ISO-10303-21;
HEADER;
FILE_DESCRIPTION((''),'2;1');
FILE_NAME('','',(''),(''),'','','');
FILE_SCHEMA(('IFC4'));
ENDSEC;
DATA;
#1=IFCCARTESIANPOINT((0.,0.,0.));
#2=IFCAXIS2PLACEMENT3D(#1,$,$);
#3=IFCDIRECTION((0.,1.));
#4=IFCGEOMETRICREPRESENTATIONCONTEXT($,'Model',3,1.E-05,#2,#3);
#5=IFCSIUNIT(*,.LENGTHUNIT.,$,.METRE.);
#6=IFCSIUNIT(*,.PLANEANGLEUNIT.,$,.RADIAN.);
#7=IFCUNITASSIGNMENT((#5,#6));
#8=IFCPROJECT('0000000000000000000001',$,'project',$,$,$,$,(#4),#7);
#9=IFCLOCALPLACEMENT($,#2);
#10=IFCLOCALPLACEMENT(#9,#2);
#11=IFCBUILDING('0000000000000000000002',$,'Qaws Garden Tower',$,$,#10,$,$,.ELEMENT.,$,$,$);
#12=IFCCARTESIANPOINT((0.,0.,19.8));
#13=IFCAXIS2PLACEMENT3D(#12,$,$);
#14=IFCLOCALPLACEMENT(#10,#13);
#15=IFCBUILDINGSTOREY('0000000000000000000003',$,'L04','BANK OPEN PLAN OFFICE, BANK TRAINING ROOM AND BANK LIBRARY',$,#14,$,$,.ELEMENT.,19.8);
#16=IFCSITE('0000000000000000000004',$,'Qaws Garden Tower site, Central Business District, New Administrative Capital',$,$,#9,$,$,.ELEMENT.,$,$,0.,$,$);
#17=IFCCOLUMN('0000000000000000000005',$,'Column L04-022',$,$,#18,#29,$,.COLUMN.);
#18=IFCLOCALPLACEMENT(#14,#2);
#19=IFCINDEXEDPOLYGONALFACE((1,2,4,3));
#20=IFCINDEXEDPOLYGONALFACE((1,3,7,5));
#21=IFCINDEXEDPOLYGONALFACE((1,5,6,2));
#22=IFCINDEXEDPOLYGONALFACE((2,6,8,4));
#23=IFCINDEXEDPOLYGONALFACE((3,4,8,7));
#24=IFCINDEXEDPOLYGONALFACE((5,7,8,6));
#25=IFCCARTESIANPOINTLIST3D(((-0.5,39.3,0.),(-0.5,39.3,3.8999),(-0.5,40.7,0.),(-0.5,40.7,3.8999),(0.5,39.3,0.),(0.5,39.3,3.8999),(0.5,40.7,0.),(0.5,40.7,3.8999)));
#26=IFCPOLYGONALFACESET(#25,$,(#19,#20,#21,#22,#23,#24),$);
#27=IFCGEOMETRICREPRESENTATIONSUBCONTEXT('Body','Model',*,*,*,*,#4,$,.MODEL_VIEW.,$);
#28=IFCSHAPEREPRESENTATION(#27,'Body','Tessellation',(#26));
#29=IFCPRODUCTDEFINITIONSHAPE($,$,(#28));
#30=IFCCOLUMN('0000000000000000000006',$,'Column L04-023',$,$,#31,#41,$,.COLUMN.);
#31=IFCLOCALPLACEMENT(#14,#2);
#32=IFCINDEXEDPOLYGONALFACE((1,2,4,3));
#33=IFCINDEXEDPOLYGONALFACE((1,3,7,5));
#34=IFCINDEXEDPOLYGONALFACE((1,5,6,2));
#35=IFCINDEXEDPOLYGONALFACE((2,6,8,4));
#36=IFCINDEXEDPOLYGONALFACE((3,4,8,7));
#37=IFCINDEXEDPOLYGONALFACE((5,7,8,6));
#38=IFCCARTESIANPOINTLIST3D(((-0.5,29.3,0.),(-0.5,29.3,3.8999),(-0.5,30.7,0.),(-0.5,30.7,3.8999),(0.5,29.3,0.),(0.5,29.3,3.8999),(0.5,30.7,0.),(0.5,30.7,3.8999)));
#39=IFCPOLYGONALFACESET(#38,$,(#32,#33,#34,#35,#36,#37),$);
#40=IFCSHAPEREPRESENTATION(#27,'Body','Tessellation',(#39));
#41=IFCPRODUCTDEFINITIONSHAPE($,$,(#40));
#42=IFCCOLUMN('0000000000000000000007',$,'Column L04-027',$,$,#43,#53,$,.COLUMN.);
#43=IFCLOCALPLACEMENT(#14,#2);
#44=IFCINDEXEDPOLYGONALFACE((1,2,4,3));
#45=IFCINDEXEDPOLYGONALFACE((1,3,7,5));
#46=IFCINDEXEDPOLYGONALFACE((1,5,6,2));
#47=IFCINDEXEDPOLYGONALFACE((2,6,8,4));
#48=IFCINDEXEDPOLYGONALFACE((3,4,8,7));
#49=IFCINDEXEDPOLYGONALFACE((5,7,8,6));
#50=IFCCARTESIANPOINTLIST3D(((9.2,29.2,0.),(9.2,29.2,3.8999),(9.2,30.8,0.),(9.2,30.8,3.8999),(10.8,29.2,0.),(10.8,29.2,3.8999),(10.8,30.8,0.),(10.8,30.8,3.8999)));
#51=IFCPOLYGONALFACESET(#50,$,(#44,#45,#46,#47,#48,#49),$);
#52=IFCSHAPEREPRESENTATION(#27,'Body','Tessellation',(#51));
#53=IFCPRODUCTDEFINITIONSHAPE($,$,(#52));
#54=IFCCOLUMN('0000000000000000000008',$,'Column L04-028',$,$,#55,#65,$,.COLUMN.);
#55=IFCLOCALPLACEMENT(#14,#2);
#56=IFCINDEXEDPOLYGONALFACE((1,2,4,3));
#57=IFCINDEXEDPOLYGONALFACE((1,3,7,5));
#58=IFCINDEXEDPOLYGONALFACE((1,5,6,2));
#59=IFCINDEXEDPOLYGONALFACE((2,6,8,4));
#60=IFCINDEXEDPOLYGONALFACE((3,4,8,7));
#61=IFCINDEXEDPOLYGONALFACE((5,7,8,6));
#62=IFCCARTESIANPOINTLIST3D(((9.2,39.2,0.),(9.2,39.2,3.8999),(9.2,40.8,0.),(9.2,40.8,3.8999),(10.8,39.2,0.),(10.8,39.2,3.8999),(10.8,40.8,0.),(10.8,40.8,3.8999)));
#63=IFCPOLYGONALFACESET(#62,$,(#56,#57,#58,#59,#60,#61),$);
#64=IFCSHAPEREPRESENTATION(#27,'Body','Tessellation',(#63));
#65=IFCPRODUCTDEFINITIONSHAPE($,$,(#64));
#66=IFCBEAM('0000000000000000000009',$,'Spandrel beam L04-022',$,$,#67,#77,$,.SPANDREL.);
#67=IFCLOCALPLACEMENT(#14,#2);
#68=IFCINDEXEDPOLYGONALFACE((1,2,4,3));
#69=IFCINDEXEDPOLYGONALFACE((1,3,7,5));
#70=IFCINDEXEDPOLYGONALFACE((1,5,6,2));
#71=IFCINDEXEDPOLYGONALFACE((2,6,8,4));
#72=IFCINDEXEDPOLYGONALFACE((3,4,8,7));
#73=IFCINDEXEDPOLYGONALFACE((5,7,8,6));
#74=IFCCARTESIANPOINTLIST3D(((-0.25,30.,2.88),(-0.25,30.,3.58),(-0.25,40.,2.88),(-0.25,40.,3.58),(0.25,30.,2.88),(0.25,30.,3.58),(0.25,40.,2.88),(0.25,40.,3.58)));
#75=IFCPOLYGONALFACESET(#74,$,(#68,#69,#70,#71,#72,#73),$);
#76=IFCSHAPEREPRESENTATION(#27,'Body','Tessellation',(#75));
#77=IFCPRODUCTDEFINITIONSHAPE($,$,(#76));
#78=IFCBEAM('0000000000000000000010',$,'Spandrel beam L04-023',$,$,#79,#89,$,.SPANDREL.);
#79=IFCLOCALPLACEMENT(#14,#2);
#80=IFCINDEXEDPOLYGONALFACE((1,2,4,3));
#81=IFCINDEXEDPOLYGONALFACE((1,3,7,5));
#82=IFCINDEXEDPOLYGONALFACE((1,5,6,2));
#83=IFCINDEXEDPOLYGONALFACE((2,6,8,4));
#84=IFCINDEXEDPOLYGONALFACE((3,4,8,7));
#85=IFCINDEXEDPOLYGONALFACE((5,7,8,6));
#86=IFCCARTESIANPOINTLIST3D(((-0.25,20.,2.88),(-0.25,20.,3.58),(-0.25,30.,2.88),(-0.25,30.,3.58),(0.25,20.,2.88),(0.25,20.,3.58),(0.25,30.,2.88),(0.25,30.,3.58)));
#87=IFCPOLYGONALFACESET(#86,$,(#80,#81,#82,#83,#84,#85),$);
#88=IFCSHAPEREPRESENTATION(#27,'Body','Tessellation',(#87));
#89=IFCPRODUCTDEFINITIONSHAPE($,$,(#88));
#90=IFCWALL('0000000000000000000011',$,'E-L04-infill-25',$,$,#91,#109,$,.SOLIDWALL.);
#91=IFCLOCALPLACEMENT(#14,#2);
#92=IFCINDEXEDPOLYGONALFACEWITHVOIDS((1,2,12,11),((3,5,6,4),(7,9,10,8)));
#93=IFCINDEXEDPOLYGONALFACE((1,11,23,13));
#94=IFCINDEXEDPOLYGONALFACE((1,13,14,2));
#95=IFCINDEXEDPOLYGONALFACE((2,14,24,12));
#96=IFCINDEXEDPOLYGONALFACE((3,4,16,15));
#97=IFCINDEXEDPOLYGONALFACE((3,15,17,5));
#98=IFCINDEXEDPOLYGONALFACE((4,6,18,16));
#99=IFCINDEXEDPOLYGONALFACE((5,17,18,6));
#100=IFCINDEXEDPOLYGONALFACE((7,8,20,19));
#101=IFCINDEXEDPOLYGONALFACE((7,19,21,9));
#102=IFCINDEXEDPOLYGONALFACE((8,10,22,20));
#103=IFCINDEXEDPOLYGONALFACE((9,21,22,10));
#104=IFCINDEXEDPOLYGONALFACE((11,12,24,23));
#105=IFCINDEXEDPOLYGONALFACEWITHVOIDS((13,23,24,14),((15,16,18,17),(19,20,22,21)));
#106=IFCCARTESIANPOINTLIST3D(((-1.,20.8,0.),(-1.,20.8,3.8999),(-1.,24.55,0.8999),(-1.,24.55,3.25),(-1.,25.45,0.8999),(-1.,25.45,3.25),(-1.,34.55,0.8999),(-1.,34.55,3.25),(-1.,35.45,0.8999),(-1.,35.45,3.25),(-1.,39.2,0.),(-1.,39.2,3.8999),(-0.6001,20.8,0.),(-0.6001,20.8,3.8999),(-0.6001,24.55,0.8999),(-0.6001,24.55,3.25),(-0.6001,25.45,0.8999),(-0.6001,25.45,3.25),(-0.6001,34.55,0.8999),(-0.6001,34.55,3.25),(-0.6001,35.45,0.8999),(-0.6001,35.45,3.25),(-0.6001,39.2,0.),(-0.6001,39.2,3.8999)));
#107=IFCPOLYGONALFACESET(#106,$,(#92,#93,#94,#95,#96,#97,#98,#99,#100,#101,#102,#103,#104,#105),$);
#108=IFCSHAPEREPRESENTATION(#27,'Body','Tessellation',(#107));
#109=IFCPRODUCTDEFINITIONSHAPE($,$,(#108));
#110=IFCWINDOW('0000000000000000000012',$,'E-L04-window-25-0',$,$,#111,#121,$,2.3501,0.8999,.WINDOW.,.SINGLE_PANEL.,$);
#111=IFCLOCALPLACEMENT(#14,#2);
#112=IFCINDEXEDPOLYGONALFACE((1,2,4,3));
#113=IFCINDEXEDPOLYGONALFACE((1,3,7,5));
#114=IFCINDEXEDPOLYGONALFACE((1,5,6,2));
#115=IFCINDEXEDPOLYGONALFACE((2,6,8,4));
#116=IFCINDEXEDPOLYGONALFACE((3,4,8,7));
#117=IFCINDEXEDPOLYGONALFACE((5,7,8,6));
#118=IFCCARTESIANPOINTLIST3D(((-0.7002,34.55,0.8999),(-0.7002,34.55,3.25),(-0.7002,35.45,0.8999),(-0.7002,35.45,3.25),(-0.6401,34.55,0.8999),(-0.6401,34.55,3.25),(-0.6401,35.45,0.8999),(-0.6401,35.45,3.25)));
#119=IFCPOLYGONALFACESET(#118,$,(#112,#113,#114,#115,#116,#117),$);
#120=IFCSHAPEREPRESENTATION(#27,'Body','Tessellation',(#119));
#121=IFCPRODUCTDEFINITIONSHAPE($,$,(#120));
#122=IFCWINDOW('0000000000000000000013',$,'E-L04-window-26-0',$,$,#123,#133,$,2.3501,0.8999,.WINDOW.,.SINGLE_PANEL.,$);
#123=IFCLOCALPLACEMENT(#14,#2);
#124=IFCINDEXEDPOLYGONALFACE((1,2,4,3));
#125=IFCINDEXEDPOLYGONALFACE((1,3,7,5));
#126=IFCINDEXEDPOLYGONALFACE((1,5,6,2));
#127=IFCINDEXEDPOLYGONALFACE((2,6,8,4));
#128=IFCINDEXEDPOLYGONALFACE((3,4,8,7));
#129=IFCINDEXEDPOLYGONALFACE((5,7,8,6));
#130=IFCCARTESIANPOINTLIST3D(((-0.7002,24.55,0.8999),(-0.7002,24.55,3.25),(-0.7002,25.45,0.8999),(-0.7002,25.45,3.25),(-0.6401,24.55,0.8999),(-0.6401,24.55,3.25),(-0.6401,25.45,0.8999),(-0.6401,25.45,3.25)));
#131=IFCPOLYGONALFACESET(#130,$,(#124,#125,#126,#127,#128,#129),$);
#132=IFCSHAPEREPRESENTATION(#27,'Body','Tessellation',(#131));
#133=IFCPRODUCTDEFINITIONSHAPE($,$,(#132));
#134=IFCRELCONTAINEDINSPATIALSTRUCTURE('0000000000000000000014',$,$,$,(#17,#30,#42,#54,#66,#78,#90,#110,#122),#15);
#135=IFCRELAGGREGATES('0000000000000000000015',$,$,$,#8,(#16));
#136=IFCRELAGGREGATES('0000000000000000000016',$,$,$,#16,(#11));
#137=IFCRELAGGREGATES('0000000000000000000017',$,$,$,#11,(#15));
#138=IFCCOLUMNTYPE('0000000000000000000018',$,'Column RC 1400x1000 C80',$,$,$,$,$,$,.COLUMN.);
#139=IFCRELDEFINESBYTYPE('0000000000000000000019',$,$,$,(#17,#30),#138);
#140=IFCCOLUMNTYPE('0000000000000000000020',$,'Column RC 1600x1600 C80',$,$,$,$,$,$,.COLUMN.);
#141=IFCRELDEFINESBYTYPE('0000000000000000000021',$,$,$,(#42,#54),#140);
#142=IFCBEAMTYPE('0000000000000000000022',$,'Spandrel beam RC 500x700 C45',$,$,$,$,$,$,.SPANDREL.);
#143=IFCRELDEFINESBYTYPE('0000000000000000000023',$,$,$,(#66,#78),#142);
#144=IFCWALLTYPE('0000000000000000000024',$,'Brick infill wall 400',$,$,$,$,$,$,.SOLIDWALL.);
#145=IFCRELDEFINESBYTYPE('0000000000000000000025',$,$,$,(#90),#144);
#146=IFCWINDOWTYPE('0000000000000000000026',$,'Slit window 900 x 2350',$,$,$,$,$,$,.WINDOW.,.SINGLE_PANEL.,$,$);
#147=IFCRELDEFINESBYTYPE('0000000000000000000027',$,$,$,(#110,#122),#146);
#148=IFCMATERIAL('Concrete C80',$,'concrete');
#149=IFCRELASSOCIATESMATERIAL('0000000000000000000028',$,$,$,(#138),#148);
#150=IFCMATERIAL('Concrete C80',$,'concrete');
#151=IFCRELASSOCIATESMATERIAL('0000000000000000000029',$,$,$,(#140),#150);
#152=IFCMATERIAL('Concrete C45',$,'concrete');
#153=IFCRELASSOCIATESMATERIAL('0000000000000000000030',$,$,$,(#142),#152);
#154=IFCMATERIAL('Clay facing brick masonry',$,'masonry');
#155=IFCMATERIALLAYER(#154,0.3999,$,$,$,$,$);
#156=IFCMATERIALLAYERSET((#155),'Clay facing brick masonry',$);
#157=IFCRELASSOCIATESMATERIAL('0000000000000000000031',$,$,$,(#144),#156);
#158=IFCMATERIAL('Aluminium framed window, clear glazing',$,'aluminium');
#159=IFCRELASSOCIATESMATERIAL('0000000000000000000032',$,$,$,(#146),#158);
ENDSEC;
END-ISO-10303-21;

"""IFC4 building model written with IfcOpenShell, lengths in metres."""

from ifc_helpers import new_model, si_unit, direction, frame, frame_2d, origin, origin_2d, place, context, subcontext, project, spatial, rectangle, extrude, material, layer, layer_set, material_profile, profile_set, type_object, element, fill, save


model = new_model("IFC4")

# Units and contexts
model_context = context("Model", 3, precision=1e-05, world=origin(), true_north=direction((0.0, 1.0)))
body_context = subcontext(model_context, "Body", "Model", "MODEL_VIEW")
ifc_project = project(units=[si_unit("LENGTHUNIT", "METRE"), si_unit("PLANEANGLEUNIT", "RADIAN")], contexts=[model_context])

# Site, building, storey
site_placement = place(None, origin())
site = spatial("IfcSite", under=ifc_project, at=site_placement, Name="Qaws Garden Tower site, Central Business District, New Administrative Capital", CompositionType="ELEMENT", RefElevation=0.0)
building_placement = place(site_placement, origin())
building = spatial("IfcBuilding", under=site, at=building_placement, Name="Qaws Garden Tower", CompositionType="ELEMENT")
storey_placement = place(building_placement, frame((0.0, 0.0, 19.8)))
storey = spatial("IfcBuildingStorey", under=building, at=storey_placement, Name="L04", Description="BANK OPEN PLAN OFFICE, BANK TRAINING ROOM AND BANK LIBRARY", CompositionType="ELEMENT", Elevation=19.8)

# Columns
ifc_material_1 = material(Name="Concrete C80", Category="concrete")
ifc_material_profile_1 = material_profile(ifc_material_1, rectangle(XDim=1.3999, YDim=1.0, at=origin_2d()), Name="RC 1400x1000")
ifc_profile_set_1 = profile_set([ifc_material_profile_1], Name="Concrete C80")
column_type_1 = type_object("IfcColumnType", Name="Column RC 1400x1000 C80", PredefinedType="COLUMN", material=ifc_profile_set_1)
for number, where, z_axis, x_axis, name in (
    (1, (0.0, 40.0, 0.0), (0.0, 0.0, 1.0), (0.0, 1.0, 0.0), "Column L04-022"),
    (2, (0.0, 30.0, 0.0), (0.0, 0.0, 1.0), (0.0, 1.0, 0.0), "Column L04-023"),
):
    element("IfcColumn", number, at=place(storey_placement, frame(where, z_axis=z_axis, x_axis=x_axis)), inside=storey, type_object=column_type_1, Name=name, PredefinedType="COLUMN", context=body_context, shape_type="SweptSolid", body=[
        extrude(rectangle(XDim=1.3999, YDim=1.0, at=origin_2d()), origin(), (0.0, 0.0, 1.0), 3.8999),
    ])
ifc_material_2 = material(Name="Concrete C80", Category="concrete")
ifc_material_profile_2 = material_profile(ifc_material_2, rectangle(XDim=1.6001, YDim=1.6001, at=origin_2d()), Name="RC 1600x1600")
ifc_profile_set_2 = profile_set([ifc_material_profile_2], Name="Concrete C80")
column_type_2 = type_object("IfcColumnType", Name="Column RC 1600x1600 C80", PredefinedType="COLUMN", material=ifc_profile_set_2)
for number, where, z_axis, x_axis, name in (
    (3, (10.0, 30.0, 0.0), (0.0, 0.0, 1.0), (1.0, 0.0, 0.0), "Column L04-027"),
    (4, (10.0, 40.0, 0.0), (0.0, 0.0, 1.0), (1.0, 0.0, 0.0), "Column L04-028"),
):
    element("IfcColumn", number, at=place(storey_placement, frame(where, z_axis=z_axis, x_axis=x_axis)), inside=storey, type_object=column_type_2, Name=name, PredefinedType="COLUMN", context=body_context, shape_type="SweptSolid", body=[
        extrude(rectangle(XDim=1.6001, YDim=1.6001, at=origin_2d()), origin(), (0.0, 0.0, 1.0), 3.8999),
    ])

# Beams
ifc_material_3 = material(Name="Concrete C45", Category="concrete")
ifc_material_profile_3 = material_profile(ifc_material_3, rectangle(XDim=0.5, YDim=0.7, at=origin_2d()), Name="RC 500x700")
ifc_profile_set_3 = profile_set([ifc_material_profile_3], Name="Concrete C45")
beam_type = type_object("IfcBeamType", Name="Spandrel beam RC 500x700 C45", PredefinedType="SPANDREL", material=ifc_profile_set_3)
for number, where, z_axis, x_axis, name in (
    (5, (0.0, 40.0, 3.23), (0.0, -1.0, 0.0), (1.0, 0.0, 0.0), "Spandrel beam L04-022"),
    (6, (0.0, 30.0, 3.23), (0.0, -1.0, 0.0), (1.0, 0.0, 0.0), "Spandrel beam L04-023"),
):
    element("IfcBeam", number, at=place(storey_placement, frame(where, z_axis=z_axis, x_axis=x_axis)), inside=storey, type_object=beam_type, Name=name, PredefinedType="SPANDREL", context=body_context, shape_type="SweptSolid", body=[
        extrude(rectangle(XDim=0.5, YDim=0.7, at=origin_2d()), origin(), (0.0, 0.0, 1.0), 10.0),
    ])

# Wall, openings, windows
ifc_material_4 = material(Name="Clay facing brick masonry", Category="masonry")
ifc_layer_1 = layer(ifc_material_4, 0.3999)
ifc_layer_set_1 = layer_set([ifc_layer_1], Name="Clay facing brick masonry")
wall_type_1 = type_object("IfcWallType", Name="Brick infill wall 400", PredefinedType="SOLIDWALL", material=ifc_layer_set_1)
wall_1_placement = place(storey_placement, frame((-0.8, 39.2, 0.0), z_axis=(0.0, 0.0, 1.0), x_axis=(0.0, -1.0, 0.0)))
wall_1 = element("IfcWall", 7, at=wall_1_placement, inside=storey, type_object=wall_type_1, Name="E-L04-infill-25", PredefinedType="SOLIDWALL", context=body_context, shape_type="SweptSolid", body=[
    extrude(rectangle(XDim=18.3999, YDim=0.3999, at=frame_2d((9.2, 0.0))), origin(), (0.0, 0.0, 1.0), 3.8999),
])
opening_1_placement = place(wall_1_placement, frame((3.75, 0.0, 0.8999)))
opening_1 = element("IfcOpeningElement", 8, at=opening_1_placement, cuts=wall_1, PredefinedType="OPENING", context=body_context, shape_type="SweptSolid", body=[
    extrude(rectangle(XDim=0.8999, YDim=2.3501, at=frame_2d((0.45, 1.175))), frame((0.0, 0.21, 0.0), z_axis=(0.0, -1.0, 0.0), x_axis=(1.0, 0.0, 0.0)), (0.0, 0.0, 1.0), 0.4199),
])
opening_2_placement = place(wall_1_placement, frame((13.75, 0.0, 0.8999)))
opening_2 = element("IfcOpeningElement", 9, at=opening_2_placement, cuts=wall_1, PredefinedType="OPENING", context=body_context, shape_type="SweptSolid", body=[
    extrude(rectangle(XDim=0.8999, YDim=2.3501, at=frame_2d((0.45, 1.175))), frame((0.0, 0.21, 0.0), z_axis=(0.0, -1.0, 0.0), x_axis=(1.0, 0.0, 0.0)), (0.0, 0.0, 1.0), 0.4199),
])
ifc_material_5 = material(Name="Aluminium framed window, clear glazing", Category="aluminium")
window_type = type_object("IfcWindowType", Name="Slit window 900 x 2350", PartitioningType="SINGLE_PANEL", PredefinedType="WINDOW", material=ifc_material_5)
window_1_placement = place(opening_1_placement, origin())
window_1 = element("IfcWindow", 10, at=window_1_placement, inside=storey, type_object=window_type, Name="E-L04-window-25-0", OverallHeight=2.3501, OverallWidth=0.8999, PartitioningType="SINGLE_PANEL", PredefinedType="WINDOW", context=body_context, shape_type="SweptSolid", body=[
    extrude(rectangle(XDim=0.8999, YDim=2.3501, at=frame_2d((0.45, 1.175))), frame((0.0, 0.1599, 0.0), z_axis=(0.0, -1.0, 0.0), x_axis=(1.0, 0.0, 0.0)), (0.0, 0.0, 1.0), 0.0601),
])
fill(opening_1, window_1)
window_2_placement = place(opening_2_placement, origin())
window_2 = element("IfcWindow", 11, at=window_2_placement, inside=storey, type_object=window_type, Name="E-L04-window-26-0", OverallHeight=2.3501, OverallWidth=0.8999, PartitioningType="SINGLE_PANEL", PredefinedType="WINDOW", context=body_context, shape_type="SweptSolid", body=[
    extrude(rectangle(XDim=0.8999, YDim=2.3501, at=frame_2d((0.45, 1.175))), frame((0.0, 0.1599, 0.0), z_axis=(0.0, -1.0, 0.0), x_axis=(1.0, 0.0, 0.0)), (0.0, 0.0, 1.0), 0.0601),
])
fill(opening_2, window_2)

save(model, "model.ifc")
